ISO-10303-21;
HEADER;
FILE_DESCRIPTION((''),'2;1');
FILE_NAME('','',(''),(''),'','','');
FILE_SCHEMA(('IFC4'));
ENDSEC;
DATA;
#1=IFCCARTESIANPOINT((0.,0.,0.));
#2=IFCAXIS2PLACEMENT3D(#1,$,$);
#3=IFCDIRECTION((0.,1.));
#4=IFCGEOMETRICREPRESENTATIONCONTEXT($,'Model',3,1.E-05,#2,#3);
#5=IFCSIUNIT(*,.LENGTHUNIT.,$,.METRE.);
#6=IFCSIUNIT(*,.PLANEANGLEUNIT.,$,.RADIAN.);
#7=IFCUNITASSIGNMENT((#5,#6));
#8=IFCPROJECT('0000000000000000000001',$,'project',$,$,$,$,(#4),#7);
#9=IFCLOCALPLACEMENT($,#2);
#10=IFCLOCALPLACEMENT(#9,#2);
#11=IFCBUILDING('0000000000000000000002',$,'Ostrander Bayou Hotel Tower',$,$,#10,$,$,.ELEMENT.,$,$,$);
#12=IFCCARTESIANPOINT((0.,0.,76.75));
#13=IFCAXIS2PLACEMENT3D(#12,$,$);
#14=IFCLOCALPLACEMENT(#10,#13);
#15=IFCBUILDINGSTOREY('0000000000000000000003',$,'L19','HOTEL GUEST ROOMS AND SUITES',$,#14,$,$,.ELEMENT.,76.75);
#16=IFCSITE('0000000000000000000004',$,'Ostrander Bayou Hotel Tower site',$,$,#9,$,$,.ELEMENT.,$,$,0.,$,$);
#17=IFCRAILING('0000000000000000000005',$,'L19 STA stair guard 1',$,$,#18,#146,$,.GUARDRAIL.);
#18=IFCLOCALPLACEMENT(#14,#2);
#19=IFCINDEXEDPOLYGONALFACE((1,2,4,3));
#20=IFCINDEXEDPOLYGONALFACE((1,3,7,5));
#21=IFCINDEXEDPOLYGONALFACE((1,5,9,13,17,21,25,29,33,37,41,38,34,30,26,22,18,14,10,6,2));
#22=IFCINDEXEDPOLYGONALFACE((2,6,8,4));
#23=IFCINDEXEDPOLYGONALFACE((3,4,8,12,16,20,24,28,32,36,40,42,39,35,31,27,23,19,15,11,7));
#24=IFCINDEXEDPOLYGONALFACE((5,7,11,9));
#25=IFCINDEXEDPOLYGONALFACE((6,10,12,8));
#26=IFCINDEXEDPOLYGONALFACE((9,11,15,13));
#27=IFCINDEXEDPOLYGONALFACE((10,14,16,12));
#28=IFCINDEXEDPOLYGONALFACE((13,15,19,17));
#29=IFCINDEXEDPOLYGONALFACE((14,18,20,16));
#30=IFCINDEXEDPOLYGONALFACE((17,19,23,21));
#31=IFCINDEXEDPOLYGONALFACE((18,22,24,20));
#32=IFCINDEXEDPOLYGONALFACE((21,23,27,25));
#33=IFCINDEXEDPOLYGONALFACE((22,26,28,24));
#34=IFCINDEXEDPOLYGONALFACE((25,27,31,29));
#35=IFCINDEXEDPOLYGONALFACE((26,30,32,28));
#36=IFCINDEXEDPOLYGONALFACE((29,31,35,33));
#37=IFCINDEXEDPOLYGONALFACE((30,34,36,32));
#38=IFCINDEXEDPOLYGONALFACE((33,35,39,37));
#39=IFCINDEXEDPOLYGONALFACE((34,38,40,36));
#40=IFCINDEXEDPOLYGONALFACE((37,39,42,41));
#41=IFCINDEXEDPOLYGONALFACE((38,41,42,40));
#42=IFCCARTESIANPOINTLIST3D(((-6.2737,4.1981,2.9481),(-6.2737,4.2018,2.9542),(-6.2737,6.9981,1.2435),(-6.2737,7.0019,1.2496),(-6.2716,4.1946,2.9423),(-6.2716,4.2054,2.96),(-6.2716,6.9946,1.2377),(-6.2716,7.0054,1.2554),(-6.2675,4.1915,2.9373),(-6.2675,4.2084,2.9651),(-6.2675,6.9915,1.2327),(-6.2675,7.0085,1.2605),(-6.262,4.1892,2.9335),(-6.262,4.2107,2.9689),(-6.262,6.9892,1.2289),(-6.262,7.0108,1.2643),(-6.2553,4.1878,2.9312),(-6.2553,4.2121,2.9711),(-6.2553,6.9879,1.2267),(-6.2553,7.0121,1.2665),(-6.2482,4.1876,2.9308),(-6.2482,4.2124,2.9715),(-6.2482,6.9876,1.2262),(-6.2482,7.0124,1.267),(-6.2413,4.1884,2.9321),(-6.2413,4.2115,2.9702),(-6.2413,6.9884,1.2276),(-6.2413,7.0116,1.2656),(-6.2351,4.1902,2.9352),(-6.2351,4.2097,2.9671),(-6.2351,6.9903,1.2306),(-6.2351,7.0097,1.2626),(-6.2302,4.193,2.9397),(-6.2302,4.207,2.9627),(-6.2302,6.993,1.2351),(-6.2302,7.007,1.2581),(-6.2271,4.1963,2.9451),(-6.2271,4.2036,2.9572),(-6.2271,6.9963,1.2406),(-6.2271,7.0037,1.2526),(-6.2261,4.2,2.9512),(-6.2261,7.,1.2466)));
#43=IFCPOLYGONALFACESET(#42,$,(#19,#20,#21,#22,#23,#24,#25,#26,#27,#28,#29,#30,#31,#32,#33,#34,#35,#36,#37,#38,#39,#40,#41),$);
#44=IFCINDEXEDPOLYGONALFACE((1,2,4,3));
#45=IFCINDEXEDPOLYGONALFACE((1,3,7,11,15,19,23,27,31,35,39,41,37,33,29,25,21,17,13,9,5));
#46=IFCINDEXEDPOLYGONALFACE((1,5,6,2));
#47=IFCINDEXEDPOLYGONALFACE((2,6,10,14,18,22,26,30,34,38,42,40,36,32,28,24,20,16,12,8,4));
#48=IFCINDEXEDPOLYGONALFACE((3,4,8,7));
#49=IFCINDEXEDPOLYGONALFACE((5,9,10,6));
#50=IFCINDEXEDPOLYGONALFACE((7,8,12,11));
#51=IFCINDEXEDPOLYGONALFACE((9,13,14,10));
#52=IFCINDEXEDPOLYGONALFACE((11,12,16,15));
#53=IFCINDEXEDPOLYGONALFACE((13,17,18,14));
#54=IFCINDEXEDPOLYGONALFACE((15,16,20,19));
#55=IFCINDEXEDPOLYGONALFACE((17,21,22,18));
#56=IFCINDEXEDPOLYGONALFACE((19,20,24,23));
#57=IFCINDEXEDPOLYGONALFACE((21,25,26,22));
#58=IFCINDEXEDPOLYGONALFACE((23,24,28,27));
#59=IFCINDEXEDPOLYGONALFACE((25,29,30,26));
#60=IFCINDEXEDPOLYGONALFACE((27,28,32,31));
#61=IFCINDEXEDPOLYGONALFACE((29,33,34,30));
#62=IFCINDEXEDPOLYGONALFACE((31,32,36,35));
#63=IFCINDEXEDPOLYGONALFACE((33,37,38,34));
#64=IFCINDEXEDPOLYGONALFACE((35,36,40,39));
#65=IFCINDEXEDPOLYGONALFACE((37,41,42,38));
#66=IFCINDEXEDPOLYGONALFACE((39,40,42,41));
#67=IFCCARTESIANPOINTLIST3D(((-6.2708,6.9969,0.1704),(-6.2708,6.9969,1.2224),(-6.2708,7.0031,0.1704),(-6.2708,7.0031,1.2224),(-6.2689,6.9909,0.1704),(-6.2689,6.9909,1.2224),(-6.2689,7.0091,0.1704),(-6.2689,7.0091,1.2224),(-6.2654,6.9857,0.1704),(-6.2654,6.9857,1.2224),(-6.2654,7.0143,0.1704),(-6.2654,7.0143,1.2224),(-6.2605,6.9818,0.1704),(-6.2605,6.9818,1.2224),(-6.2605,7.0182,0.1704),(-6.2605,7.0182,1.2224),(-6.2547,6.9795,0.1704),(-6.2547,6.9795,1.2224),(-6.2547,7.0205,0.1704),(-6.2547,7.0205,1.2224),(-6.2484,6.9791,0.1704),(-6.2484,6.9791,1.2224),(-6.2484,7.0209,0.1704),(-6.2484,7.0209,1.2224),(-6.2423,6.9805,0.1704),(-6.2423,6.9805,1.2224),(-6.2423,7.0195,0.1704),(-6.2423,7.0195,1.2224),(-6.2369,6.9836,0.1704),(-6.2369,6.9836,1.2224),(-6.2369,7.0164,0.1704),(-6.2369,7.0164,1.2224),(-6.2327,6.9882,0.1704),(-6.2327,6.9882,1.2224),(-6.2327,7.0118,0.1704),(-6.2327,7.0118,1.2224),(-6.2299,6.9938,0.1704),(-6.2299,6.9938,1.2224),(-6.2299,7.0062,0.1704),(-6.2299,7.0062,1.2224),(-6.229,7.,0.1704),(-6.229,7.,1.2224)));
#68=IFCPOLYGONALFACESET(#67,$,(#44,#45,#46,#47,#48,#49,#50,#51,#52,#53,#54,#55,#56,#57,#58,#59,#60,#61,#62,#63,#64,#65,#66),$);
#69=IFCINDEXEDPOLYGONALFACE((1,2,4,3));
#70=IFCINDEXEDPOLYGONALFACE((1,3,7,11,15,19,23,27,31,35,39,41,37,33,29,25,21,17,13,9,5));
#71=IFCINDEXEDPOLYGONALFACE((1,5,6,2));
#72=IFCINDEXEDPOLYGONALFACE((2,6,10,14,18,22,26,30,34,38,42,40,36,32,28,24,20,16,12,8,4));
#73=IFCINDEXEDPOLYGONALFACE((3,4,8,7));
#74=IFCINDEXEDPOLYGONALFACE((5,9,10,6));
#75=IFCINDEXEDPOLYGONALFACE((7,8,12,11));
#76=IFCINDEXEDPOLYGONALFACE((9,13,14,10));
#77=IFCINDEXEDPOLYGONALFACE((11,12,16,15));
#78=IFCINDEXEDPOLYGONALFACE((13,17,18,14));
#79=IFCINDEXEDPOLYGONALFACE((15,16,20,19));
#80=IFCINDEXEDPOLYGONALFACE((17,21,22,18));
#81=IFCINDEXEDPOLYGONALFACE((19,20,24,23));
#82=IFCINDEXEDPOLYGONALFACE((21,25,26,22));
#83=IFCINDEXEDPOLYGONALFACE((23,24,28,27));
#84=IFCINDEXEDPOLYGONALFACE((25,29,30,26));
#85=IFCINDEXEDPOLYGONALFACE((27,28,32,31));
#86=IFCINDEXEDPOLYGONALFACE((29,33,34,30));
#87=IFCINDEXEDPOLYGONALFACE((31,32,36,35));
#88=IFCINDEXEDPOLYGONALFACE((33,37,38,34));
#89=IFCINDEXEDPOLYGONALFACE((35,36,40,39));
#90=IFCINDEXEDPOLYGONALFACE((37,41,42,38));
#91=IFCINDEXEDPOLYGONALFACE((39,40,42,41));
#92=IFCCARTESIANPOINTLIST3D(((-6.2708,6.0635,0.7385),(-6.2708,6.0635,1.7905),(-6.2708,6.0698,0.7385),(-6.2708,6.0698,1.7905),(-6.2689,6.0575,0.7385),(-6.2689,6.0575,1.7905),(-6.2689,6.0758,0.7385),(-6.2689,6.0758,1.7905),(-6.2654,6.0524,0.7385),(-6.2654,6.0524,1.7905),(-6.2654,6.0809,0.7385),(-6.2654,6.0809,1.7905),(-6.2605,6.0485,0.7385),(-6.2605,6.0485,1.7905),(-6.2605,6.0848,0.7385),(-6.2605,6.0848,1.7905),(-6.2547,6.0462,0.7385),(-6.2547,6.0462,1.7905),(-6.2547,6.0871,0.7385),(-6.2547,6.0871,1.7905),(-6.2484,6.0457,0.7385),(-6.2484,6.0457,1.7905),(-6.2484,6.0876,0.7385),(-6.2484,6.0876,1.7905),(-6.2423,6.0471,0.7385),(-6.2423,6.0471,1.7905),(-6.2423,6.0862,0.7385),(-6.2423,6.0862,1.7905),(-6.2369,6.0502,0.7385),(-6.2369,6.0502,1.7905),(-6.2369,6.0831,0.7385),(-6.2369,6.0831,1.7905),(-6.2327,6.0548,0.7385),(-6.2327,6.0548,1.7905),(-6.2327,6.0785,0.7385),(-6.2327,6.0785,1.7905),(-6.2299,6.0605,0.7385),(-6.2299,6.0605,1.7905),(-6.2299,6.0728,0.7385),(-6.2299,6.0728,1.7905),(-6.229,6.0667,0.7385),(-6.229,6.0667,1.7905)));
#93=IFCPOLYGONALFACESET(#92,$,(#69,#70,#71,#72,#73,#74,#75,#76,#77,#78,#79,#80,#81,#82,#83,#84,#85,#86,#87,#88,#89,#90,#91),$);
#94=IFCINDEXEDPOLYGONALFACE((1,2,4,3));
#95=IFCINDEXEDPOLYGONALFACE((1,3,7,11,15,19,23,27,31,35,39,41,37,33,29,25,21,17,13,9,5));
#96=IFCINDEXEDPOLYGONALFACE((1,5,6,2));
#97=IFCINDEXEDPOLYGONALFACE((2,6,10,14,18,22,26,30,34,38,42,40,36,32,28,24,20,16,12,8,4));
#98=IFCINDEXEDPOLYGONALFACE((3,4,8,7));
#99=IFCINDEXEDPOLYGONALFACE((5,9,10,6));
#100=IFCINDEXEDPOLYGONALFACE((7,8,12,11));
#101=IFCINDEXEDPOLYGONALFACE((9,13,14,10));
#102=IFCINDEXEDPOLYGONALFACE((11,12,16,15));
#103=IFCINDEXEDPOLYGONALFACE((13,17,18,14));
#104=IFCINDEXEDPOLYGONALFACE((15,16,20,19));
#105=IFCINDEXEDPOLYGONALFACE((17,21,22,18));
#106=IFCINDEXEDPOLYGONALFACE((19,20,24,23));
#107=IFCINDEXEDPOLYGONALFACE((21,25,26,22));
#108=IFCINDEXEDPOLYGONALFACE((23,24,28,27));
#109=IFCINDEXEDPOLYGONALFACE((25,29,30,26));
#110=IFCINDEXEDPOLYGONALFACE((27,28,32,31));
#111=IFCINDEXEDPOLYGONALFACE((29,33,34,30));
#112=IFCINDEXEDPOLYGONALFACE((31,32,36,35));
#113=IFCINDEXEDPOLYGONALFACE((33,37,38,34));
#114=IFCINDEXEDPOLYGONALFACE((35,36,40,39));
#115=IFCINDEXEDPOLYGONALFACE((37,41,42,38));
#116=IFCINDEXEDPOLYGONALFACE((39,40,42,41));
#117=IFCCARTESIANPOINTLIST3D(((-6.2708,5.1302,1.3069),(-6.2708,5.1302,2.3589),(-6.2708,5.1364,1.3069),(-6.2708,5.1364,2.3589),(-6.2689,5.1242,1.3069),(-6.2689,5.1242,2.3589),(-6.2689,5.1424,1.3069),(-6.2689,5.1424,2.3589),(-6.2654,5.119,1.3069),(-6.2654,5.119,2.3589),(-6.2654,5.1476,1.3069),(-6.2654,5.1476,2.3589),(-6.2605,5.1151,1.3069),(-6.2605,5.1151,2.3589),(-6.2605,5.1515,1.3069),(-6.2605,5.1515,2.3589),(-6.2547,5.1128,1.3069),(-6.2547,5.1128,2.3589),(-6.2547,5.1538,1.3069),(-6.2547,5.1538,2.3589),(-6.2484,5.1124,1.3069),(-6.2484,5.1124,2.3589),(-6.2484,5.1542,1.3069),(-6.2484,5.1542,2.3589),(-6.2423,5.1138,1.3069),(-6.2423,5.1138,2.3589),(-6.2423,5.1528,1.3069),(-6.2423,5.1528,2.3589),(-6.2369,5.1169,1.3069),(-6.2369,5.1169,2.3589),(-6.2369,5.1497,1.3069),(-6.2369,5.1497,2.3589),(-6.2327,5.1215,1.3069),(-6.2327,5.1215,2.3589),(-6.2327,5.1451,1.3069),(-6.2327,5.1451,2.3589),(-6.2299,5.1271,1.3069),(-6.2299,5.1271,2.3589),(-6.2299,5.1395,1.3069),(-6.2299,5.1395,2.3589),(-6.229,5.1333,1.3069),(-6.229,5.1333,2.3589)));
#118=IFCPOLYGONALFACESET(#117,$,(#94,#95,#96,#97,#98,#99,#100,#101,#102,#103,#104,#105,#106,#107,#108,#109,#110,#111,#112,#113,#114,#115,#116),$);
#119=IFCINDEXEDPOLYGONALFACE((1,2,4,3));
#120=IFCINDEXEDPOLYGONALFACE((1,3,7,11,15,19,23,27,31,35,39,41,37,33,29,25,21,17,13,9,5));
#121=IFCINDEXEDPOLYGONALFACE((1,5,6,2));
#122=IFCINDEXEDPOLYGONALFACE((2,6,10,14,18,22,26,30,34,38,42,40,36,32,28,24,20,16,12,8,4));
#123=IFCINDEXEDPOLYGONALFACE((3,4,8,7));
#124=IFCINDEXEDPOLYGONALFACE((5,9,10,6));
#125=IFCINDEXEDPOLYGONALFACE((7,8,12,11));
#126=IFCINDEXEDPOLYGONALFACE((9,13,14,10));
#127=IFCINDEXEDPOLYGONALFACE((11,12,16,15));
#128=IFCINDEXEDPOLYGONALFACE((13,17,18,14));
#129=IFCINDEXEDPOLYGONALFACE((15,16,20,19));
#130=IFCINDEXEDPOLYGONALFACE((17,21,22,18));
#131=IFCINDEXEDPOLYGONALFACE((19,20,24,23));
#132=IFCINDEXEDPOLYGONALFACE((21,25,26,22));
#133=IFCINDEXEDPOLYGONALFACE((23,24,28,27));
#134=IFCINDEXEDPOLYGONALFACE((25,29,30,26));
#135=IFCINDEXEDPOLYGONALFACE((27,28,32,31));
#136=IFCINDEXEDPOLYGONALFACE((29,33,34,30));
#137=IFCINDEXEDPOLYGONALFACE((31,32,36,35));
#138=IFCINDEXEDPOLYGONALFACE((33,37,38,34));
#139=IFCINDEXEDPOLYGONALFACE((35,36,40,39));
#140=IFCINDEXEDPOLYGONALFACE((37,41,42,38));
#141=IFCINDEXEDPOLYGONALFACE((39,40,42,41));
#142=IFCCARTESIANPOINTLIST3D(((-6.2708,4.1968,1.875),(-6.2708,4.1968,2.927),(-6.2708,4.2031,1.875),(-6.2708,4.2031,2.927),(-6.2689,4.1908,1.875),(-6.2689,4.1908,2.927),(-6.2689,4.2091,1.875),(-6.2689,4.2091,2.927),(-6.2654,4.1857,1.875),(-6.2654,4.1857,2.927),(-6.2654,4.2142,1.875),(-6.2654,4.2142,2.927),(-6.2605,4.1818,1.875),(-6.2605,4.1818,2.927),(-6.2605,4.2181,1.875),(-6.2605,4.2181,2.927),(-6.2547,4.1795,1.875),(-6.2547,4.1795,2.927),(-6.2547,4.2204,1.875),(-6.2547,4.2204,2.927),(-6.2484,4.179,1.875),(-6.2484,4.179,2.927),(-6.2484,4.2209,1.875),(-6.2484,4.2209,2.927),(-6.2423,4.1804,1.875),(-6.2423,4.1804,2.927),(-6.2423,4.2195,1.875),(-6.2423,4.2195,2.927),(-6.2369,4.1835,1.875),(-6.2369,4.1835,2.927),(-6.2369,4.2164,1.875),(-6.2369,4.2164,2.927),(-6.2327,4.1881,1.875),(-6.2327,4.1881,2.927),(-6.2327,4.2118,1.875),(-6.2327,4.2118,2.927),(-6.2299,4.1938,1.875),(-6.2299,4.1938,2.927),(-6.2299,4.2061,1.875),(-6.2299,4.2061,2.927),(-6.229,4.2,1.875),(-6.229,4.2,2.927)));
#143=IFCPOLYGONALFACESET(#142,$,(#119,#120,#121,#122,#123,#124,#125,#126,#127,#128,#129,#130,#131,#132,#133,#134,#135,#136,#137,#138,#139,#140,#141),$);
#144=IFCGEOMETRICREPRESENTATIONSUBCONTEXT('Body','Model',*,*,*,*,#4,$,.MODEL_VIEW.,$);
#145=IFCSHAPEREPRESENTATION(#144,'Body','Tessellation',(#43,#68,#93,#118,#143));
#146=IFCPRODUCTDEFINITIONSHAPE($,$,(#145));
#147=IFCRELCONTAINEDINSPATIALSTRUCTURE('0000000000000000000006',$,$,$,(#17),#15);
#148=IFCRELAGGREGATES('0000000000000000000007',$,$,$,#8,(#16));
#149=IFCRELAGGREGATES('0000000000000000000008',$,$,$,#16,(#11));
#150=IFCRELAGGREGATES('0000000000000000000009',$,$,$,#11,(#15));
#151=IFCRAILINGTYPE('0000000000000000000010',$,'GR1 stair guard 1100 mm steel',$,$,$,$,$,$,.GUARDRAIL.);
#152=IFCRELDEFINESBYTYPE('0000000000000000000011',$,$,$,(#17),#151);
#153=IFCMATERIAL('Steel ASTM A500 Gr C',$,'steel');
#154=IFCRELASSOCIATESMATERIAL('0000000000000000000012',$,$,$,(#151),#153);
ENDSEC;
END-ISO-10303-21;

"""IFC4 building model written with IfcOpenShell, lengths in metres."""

from ifc_helpers import new_model, si_unit, direction, frame, origin, origin_2d, place, context, subcontext, project, spatial, circle, extrude, material, type_object, element, save


model = new_model("IFC4")

# Units and contexts
model_context = context("Model", 3, precision=1e-05, world=origin(), true_north=direction((0.0, 1.0)))
body_context = subcontext(model_context, "Body", "Model", "MODEL_VIEW")
ifc_project = project(units=[si_unit("LENGTHUNIT", "METRE"), si_unit("PLANEANGLEUNIT", "RADIAN")], contexts=[model_context])

# Site, building, storey
site_placement = place(None, origin())
site = spatial("IfcSite", under=ifc_project, at=site_placement, Name="Ostrander Bayou Hotel Tower site", CompositionType="ELEMENT", RefElevation=0.0)
building_placement = place(site_placement, origin())
building = spatial("IfcBuilding", under=site, at=building_placement, Name="Ostrander Bayou Hotel Tower", CompositionType="ELEMENT")
storey_placement = place(building_placement, frame((0.0, 0.0, 76.75)))
storey = spatial("IfcBuildingStorey", under=building, at=storey_placement, Name="L19", Description="HOTEL GUEST ROOMS AND SUITES", CompositionType="ELEMENT", Elevation=76.75)

# Railing
ifc_material_1 = material(Name="Steel ASTM A500 Gr C", Category="steel")
railing_type_1 = type_object("IfcRailingType", Name="GR1 stair guard 1100 mm steel", PredefinedType="GUARDRAIL", material=ifc_material_1)
railing_1_placement = place(storey_placement, frame((-6.25, 7.0, 0.1704)))
element("IfcRailing", 1, at=railing_1_placement, inside=storey, type_object=railing_type_1, Name="L19 STA stair guard 1", PredefinedType="GUARDRAIL", context=body_context, shape_type="SweptSolid", body=[
    extrude(circle(Radius=0.0239, at=origin_2d()), frame((0.0, 0.0, 1.0762), z_axis=(0.0, -0.85417, 0.519994), x_axis=(1.0, 0.0, 0.0)), (0.0, 0.0, 1.0), 3.2781),
    extrude(circle(Radius=0.021, at=origin_2d()), origin(), (0.0, 0.0, 1.0), 1.052),
    extrude(circle(Radius=0.021, at=origin_2d()), frame((0.0, -0.9333, 0.5681)), (0.0, 0.0, 1.0), 1.052),
    extrude(circle(Radius=0.021, at=origin_2d()), frame((0.0, -1.8667, 1.1365)), (0.0, 0.0, 1.0), 1.052),
    extrude(circle(Radius=0.021, at=origin_2d()), frame((0.0, -2.8, 1.7046)), (0.0, 0.0, 1.0), 1.052),
])

save(model, "model.ifc")
